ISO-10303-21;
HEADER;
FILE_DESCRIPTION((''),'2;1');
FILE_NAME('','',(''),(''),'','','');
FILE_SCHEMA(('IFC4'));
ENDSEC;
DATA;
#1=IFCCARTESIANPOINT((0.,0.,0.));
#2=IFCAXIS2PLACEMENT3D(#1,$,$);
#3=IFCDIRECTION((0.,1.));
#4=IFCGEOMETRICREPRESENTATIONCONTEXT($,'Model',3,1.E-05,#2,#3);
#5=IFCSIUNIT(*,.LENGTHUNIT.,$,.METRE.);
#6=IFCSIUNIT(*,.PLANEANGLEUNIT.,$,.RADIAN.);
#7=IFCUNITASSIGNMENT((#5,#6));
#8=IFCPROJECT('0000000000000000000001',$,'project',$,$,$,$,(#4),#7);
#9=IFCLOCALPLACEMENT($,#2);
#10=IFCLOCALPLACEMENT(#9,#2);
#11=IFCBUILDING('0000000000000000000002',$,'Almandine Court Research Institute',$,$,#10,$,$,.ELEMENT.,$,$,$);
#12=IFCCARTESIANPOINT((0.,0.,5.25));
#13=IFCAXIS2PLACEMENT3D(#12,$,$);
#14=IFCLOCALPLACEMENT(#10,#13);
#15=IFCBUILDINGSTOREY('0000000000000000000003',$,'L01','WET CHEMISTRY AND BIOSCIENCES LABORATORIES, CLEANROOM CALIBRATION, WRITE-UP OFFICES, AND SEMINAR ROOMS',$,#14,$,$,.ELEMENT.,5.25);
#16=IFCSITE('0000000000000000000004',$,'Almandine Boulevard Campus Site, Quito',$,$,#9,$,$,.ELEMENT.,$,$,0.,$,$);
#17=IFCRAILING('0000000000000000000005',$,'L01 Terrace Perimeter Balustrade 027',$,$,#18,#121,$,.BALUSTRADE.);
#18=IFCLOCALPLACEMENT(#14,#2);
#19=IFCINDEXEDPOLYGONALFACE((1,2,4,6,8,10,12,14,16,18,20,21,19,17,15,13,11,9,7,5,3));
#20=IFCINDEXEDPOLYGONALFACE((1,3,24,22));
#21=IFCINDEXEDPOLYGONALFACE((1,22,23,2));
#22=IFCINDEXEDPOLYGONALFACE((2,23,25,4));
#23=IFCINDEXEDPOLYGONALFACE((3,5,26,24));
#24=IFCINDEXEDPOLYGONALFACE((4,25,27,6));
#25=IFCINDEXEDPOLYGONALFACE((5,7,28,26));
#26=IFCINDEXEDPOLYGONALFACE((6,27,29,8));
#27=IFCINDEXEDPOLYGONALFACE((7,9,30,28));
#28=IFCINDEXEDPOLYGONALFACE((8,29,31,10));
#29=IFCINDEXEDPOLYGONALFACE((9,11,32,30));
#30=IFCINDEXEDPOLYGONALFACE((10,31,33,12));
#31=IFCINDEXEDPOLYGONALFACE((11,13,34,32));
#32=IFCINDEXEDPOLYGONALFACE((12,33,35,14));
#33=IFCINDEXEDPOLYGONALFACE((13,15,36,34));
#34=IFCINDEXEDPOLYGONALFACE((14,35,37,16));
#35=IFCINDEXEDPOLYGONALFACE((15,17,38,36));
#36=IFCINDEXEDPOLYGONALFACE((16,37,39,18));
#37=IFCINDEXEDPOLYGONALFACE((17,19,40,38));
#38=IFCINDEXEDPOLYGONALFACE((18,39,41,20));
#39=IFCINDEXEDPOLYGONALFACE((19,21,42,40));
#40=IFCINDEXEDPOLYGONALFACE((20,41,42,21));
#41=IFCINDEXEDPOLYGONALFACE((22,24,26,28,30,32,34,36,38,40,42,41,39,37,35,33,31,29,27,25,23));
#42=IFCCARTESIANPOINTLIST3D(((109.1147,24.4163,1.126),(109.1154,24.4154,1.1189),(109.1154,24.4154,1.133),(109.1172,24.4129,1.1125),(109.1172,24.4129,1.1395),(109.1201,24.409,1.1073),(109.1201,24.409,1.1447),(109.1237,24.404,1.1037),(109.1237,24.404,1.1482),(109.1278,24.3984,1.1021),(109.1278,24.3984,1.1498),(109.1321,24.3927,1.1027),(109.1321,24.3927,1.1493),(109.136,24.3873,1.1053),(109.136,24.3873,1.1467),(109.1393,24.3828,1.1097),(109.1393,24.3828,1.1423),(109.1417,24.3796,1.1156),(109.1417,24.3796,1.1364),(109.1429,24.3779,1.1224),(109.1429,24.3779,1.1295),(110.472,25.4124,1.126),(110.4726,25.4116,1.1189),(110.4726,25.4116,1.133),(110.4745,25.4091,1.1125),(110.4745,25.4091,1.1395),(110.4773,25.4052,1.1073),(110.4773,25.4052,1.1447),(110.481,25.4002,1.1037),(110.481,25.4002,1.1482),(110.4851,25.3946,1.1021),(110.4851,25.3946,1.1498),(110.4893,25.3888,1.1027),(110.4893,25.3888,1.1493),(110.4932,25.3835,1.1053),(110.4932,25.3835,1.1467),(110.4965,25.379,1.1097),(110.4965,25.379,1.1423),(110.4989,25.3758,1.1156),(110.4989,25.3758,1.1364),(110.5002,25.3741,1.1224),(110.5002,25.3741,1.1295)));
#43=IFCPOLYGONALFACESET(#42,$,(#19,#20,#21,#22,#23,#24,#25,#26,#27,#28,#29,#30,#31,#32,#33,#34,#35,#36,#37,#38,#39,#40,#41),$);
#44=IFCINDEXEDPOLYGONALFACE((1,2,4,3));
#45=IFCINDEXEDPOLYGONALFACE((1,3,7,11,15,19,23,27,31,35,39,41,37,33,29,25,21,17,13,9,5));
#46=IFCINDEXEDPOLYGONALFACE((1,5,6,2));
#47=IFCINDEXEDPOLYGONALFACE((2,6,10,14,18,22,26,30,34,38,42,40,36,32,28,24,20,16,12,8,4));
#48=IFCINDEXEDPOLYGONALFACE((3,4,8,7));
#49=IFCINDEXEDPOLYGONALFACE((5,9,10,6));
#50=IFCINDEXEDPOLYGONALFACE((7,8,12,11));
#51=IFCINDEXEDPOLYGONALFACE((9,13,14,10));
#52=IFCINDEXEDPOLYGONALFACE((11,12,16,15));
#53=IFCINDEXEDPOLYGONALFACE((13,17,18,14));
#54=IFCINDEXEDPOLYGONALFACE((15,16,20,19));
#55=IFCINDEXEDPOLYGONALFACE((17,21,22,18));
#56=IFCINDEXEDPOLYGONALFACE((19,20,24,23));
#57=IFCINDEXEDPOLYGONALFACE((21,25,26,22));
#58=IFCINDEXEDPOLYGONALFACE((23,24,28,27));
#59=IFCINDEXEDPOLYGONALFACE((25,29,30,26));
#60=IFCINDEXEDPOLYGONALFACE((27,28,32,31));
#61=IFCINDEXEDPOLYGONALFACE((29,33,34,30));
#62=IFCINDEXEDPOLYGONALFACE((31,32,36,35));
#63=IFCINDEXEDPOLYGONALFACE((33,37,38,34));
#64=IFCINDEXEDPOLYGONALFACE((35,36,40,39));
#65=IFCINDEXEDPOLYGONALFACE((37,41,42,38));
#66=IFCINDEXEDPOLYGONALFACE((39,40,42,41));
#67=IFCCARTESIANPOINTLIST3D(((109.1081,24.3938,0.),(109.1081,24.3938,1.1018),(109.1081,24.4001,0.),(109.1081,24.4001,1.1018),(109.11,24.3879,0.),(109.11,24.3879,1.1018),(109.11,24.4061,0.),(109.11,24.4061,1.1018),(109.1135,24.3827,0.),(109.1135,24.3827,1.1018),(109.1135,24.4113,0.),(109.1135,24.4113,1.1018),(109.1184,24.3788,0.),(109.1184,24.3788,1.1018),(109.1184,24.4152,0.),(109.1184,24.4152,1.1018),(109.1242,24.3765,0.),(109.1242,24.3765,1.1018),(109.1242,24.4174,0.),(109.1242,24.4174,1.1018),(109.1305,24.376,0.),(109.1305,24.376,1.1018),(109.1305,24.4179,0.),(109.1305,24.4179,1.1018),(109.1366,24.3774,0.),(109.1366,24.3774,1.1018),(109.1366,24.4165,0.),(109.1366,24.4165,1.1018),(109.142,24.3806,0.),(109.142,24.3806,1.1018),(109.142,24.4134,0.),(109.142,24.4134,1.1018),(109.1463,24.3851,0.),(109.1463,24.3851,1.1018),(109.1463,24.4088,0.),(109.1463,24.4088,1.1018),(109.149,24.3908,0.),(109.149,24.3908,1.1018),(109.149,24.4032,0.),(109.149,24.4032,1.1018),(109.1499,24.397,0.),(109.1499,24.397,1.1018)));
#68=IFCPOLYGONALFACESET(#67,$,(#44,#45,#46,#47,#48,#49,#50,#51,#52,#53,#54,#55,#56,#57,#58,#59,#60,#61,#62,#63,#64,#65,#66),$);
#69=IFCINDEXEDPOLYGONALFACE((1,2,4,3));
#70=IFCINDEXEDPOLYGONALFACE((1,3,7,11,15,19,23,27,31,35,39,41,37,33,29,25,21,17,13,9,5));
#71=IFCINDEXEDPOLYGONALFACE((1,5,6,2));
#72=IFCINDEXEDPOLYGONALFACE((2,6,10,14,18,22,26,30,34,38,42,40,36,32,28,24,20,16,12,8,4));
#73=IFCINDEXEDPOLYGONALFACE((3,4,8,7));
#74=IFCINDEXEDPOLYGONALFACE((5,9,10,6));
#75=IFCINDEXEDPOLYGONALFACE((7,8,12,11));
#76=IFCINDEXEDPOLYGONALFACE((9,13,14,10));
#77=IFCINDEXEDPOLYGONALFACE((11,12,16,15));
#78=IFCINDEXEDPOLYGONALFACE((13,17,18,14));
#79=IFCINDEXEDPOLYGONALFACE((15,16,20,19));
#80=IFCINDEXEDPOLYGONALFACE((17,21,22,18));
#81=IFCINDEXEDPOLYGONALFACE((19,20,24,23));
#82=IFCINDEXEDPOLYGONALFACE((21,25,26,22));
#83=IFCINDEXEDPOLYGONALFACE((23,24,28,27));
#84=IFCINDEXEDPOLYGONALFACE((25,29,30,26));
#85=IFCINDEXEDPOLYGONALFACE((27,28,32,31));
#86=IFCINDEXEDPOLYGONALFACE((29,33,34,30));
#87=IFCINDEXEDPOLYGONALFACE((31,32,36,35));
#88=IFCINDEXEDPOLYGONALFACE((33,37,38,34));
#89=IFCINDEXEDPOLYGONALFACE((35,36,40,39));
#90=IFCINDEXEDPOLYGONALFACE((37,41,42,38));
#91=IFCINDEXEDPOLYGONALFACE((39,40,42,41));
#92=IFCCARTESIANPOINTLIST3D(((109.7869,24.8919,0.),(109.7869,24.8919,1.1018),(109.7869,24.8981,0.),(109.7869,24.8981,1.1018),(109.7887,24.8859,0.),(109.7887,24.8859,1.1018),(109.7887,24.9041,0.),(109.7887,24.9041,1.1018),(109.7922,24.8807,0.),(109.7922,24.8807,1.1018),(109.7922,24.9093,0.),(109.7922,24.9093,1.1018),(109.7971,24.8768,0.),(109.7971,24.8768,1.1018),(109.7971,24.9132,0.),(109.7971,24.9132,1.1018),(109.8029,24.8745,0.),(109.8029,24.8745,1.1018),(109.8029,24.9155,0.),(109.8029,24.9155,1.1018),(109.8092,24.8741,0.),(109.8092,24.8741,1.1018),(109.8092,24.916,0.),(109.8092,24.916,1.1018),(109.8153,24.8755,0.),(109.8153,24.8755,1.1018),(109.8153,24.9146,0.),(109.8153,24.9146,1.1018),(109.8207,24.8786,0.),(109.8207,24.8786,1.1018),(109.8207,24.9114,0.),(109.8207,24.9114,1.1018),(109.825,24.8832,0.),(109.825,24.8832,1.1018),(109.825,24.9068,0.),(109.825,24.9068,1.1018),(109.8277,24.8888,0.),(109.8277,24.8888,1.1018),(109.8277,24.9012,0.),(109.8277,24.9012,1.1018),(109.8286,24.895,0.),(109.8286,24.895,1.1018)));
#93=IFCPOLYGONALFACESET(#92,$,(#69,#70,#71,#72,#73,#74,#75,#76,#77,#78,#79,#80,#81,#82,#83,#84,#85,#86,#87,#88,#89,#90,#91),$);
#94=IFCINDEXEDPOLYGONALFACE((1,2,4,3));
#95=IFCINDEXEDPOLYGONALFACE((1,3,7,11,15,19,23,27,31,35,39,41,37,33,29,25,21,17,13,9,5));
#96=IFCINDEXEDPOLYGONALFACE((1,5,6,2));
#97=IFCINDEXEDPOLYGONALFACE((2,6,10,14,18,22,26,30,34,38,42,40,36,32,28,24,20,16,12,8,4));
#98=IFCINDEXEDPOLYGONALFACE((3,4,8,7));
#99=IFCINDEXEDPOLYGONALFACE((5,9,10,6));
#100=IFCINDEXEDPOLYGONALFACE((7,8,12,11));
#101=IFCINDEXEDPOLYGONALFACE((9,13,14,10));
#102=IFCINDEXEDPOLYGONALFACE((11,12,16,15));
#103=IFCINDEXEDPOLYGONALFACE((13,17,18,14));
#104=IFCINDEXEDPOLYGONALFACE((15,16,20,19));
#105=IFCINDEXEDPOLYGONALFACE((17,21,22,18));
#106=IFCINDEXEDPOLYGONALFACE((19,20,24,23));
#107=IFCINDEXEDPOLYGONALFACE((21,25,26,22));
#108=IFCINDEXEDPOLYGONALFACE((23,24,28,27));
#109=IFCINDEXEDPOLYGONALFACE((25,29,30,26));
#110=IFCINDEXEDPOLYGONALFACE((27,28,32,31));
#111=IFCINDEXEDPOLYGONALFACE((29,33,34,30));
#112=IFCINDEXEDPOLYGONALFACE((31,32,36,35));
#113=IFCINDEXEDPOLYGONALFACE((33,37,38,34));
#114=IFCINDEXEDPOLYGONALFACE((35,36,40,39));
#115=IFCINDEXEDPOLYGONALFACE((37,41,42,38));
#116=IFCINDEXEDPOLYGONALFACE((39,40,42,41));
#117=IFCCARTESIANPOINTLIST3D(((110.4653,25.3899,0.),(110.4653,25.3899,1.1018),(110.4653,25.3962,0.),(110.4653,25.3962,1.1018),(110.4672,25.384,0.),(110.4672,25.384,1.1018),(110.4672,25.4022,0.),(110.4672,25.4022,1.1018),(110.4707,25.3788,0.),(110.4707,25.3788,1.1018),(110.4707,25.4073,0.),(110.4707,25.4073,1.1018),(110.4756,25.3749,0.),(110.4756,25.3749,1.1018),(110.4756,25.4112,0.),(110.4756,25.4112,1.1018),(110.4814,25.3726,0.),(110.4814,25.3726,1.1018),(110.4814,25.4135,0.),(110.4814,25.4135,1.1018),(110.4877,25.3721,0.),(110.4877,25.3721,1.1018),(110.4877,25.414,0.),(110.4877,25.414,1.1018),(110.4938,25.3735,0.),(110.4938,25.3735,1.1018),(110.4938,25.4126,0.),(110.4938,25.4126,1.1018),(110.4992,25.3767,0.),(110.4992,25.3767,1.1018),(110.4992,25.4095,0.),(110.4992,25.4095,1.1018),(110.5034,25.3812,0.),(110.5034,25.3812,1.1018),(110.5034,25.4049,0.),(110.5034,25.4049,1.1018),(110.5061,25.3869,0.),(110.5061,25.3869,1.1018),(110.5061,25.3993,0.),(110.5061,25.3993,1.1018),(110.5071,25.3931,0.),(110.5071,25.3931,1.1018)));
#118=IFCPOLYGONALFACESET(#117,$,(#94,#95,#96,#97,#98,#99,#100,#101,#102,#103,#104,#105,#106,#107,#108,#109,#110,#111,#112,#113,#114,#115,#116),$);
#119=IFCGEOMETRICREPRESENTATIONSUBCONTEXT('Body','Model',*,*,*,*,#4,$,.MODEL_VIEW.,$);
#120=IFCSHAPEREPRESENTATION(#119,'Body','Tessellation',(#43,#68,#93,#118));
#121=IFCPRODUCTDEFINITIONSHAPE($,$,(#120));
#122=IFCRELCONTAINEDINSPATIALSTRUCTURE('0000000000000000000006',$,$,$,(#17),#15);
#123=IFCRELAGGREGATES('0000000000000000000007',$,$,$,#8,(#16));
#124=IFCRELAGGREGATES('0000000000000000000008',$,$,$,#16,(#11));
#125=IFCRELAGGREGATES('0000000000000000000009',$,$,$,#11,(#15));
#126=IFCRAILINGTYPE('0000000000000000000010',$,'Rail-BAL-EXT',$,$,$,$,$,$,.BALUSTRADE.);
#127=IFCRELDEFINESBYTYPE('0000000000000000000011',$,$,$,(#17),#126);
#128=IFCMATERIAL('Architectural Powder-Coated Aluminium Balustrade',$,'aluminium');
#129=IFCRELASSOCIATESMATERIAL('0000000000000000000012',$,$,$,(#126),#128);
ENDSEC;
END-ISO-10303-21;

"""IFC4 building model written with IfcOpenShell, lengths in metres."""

from ifc_helpers import new_model, si_unit, direction, frame, origin, origin_2d, place, context, subcontext, project, spatial, circle, extrude, material, type_object, element, save


model = new_model("IFC4")

# Units and contexts
model_context = context("Model", 3, precision=1e-05, world=origin(), true_north=direction((0.0, 1.0)))
body_context = subcontext(model_context, "Body", "Model", "MODEL_VIEW")
ifc_project = project(units=[si_unit("LENGTHUNIT", "METRE"), si_unit("PLANEANGLEUNIT", "RADIAN")], contexts=[model_context])

# Site, building, storey
site_placement = place(None, origin())
site = spatial("IfcSite", under=ifc_project, at=site_placement, Name="Almandine Boulevard Campus Site, Quito", CompositionType="ELEMENT", RefElevation=0.0)
building_placement = place(site_placement, origin())
building = spatial("IfcBuilding", under=site, at=building_placement, Name="Almandine Court Research Institute", CompositionType="ELEMENT")
storey_placement = place(building_placement, frame((0.0, 0.0, 5.25)))
storey = spatial("IfcBuildingStorey", under=building, at=storey_placement, Name="L01", Description="WET CHEMISTRY AND BIOSCIENCES LABORATORIES, CLEANROOM CALIBRATION, WRITE-UP OFFICES, AND SEMINAR ROOMS", CompositionType="ELEMENT", Elevation=5.25)

# Railing
ifc_material_1 = material(Name="Architectural Powder-Coated Aluminium Balustrade", Category="aluminium")
railing_type = type_object("IfcRailingType", Name="Rail-BAL-EXT", PredefinedType="BALUSTRADE", material=ifc_material_1)
railing_1_placement = place(storey_placement, frame((109.1289, 24.397, 0.0)))
element("IfcRailing", 1, at=railing_1_placement, inside=storey, type_object=railing_type, Name="L01 Terrace Perimeter Balustrade 027", PredefinedType="BALUSTRADE", context=body_context, shape_type="SweptSolid", body=[
    extrude(circle(Radius=0.0239, at=origin_2d()), frame((0.0, 0.0, 1.126), z_axis=(0.80617, 0.591684, 0.0), x_axis=(-0.591684, 0.80617, 0.0)), (0.0, 0.0, 1.0), 1.6836),
    extrude(circle(Radius=0.021, at=origin_2d()), origin(), (0.0, 0.0, 1.0), 1.1018),
    extrude(circle(Radius=0.021, at=origin_2d()), frame((0.6787, 0.498, 0.0)), (0.0, 0.0, 1.0), 1.1018),
    extrude(circle(Radius=0.021, at=origin_2d()), frame((1.3572, 0.9961, 0.0)), (0.0, 0.0, 1.0), 1.1018),
])

save(model, "model.ifc")
